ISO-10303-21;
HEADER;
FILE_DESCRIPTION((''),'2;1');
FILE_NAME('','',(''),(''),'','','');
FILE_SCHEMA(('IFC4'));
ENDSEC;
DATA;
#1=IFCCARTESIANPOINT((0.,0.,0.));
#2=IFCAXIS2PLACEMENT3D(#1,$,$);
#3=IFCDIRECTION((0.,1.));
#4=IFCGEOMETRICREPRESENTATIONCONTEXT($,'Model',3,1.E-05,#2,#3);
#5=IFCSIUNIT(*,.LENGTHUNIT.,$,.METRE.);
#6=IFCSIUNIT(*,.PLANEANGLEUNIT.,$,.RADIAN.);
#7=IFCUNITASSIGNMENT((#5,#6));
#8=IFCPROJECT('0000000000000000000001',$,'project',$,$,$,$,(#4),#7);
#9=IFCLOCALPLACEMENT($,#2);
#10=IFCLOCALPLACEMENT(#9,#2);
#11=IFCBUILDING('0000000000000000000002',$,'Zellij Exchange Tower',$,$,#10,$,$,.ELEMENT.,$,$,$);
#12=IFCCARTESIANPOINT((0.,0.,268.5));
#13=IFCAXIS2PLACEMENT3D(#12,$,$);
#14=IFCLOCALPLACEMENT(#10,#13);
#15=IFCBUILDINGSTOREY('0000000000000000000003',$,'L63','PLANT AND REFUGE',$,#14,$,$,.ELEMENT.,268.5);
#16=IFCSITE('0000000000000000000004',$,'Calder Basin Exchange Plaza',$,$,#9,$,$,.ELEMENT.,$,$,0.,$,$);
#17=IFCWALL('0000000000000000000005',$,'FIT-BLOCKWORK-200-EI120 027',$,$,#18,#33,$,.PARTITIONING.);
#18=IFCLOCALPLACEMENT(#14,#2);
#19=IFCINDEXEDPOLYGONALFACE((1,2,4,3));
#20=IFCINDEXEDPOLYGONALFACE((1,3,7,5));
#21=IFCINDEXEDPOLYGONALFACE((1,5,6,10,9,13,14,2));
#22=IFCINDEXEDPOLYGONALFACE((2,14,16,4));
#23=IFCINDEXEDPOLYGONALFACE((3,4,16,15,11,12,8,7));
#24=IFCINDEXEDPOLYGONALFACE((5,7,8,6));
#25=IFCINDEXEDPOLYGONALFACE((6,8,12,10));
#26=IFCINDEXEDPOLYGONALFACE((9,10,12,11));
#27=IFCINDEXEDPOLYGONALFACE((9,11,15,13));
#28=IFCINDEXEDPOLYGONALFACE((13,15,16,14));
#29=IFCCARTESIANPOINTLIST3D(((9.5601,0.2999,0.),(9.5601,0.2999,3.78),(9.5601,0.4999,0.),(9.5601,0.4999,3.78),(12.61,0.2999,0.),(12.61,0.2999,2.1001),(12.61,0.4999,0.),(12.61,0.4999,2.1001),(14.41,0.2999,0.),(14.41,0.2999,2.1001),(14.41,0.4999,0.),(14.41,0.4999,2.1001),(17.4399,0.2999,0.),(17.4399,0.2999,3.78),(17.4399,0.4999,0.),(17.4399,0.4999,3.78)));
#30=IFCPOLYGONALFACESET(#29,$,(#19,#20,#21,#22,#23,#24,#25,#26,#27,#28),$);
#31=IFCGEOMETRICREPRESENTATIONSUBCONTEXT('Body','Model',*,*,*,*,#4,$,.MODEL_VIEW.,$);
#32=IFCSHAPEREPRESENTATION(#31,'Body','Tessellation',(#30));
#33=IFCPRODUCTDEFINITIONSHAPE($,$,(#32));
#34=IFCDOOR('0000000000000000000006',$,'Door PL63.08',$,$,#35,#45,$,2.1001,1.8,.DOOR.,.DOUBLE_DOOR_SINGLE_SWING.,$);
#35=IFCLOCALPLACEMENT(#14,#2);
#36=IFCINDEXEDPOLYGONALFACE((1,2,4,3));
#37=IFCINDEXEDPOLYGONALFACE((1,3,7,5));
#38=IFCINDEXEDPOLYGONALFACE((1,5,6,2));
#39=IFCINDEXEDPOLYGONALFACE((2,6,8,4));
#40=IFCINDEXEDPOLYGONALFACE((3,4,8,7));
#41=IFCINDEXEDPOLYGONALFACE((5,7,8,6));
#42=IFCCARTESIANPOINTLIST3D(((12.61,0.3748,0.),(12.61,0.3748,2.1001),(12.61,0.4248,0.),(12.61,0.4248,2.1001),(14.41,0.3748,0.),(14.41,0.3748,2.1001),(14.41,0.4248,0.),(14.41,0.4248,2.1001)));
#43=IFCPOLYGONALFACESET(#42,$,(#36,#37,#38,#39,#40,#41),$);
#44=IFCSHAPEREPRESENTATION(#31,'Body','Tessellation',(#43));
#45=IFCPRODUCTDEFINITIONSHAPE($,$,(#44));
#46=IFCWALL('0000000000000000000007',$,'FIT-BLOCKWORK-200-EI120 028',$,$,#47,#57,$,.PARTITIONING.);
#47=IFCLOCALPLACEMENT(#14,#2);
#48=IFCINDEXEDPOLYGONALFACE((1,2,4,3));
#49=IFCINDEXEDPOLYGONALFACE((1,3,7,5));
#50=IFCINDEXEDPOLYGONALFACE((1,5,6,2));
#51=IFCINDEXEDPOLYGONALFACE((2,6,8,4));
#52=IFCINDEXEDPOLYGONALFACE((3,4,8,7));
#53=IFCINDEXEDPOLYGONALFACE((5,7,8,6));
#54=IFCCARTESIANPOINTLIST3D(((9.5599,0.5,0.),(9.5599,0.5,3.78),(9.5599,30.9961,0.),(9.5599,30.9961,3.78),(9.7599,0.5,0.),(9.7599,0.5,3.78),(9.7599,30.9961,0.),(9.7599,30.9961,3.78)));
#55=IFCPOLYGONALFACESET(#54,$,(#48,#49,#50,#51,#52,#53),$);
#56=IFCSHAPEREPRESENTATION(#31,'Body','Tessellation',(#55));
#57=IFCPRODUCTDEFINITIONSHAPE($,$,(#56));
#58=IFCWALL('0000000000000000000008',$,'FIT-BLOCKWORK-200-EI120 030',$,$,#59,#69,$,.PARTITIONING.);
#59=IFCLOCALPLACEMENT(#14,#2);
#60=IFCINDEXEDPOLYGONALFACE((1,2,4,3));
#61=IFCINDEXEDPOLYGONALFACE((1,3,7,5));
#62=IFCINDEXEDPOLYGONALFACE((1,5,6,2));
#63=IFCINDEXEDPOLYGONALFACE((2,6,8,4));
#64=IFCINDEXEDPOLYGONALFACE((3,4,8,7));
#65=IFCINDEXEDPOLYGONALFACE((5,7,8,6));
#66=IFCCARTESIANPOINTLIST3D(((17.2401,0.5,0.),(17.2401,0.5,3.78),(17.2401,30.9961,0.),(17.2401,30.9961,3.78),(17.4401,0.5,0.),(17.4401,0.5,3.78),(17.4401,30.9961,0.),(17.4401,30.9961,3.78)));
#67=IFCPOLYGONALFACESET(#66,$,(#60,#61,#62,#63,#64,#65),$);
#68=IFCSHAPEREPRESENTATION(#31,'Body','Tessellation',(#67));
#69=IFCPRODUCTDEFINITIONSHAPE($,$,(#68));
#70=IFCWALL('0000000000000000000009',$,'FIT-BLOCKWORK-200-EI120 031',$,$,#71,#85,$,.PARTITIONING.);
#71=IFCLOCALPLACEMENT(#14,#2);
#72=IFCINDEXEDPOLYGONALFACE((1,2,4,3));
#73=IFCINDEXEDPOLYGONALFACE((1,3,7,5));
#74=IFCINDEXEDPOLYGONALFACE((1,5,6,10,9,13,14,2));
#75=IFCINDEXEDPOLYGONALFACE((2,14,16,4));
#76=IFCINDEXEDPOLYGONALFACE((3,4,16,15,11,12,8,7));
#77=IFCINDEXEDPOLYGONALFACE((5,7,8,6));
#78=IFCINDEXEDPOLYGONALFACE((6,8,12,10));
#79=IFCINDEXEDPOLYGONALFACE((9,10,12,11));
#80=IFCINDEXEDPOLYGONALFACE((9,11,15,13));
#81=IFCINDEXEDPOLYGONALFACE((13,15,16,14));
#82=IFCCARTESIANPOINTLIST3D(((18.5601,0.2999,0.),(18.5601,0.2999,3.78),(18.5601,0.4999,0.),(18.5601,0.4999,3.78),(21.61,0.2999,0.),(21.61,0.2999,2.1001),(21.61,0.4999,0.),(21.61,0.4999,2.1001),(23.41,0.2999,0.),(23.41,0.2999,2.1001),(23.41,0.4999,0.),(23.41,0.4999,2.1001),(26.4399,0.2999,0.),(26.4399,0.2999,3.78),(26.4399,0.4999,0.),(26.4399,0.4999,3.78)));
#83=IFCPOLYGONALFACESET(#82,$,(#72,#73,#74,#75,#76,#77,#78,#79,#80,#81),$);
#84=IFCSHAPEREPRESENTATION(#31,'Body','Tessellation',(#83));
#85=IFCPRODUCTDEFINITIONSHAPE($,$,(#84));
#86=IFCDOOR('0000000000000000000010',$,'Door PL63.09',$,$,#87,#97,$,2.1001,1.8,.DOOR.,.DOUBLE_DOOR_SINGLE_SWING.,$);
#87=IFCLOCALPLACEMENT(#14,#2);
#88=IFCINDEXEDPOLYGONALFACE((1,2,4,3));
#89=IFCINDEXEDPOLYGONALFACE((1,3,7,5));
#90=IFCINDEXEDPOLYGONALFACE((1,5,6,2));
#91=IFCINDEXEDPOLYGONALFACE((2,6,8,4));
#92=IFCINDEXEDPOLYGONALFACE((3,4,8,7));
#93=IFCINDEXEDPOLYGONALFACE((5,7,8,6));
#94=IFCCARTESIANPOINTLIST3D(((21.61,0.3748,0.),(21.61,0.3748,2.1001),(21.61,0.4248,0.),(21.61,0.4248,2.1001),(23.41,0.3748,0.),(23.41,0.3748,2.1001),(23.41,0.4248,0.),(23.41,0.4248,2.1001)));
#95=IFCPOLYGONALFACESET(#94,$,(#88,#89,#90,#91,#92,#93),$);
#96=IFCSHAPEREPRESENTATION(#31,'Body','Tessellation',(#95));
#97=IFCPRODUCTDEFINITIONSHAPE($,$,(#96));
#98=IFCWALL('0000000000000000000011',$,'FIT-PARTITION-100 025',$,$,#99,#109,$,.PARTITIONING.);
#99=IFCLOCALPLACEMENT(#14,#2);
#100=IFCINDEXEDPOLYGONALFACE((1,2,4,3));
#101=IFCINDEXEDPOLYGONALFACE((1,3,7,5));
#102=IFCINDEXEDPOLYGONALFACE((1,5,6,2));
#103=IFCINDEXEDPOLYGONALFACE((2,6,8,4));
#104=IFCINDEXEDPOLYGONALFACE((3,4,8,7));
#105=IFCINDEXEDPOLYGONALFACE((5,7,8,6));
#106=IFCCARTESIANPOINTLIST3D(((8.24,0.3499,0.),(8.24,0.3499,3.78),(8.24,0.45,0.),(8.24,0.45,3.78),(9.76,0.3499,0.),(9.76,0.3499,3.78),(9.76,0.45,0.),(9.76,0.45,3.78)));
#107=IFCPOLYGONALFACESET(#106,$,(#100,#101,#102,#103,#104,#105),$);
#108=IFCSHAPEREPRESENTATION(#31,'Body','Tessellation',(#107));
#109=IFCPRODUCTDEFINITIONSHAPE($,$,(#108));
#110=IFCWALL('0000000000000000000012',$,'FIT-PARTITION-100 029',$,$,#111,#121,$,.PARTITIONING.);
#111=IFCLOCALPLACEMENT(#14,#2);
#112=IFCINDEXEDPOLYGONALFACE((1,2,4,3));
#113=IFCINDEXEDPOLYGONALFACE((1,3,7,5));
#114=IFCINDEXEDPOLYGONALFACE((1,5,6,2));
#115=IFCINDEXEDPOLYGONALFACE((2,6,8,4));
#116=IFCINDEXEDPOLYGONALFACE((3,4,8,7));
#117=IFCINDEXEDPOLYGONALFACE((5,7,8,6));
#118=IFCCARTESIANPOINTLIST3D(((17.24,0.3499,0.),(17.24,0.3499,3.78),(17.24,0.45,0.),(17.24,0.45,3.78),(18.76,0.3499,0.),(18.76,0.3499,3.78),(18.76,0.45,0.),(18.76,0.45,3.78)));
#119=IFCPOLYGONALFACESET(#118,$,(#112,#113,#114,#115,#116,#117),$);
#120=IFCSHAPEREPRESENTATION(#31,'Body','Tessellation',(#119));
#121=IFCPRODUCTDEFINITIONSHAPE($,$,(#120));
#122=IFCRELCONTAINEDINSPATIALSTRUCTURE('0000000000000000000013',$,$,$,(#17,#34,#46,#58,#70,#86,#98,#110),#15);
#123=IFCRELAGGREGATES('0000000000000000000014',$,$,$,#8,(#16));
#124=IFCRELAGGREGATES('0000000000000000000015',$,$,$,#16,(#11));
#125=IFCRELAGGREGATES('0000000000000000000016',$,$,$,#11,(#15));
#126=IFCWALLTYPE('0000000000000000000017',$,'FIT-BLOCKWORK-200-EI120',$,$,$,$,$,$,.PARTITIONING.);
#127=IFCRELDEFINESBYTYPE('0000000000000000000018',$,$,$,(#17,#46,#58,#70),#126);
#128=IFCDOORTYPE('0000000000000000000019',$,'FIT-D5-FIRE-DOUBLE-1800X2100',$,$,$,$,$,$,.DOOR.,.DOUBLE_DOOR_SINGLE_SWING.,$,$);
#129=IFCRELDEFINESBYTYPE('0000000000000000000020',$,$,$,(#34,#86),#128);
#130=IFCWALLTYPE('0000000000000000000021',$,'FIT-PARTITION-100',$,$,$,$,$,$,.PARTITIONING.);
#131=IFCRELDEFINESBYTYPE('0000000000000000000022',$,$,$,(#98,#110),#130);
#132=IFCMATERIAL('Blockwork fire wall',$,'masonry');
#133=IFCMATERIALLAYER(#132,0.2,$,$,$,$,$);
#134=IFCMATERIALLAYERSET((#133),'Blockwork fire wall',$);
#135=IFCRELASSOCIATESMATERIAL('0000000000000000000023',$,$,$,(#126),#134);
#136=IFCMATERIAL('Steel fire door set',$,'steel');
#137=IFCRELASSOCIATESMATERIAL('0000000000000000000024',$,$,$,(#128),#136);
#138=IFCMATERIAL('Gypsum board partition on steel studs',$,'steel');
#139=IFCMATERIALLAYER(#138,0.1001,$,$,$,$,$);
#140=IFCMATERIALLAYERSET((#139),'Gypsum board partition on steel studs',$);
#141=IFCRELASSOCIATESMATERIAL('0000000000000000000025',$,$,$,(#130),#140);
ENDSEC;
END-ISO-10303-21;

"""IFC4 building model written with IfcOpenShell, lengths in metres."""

from ifc_helpers import new_model, si_unit, direction, frame, frame_2d, origin, place, context, subcontext, project, spatial, rectangle, extrude, material, layer, layer_set, type_object, element, fill, save


model = new_model("IFC4")

# Units and contexts
model_context = context("Model", 3, precision=1e-05, world=origin(), true_north=direction((0.0, 1.0)))
body_context = subcontext(model_context, "Body", "Model", "MODEL_VIEW")
ifc_project = project(units=[si_unit("LENGTHUNIT", "METRE"), si_unit("PLANEANGLEUNIT", "RADIAN")], contexts=[model_context])

# Site, building, storey
site_placement = place(None, origin())
site = spatial("IfcSite", under=ifc_project, at=site_placement, Name="Calder Basin Exchange Plaza", CompositionType="ELEMENT", RefElevation=0.0)
building_placement = place(site_placement, origin())
building = spatial("IfcBuilding", under=site, at=building_placement, Name="Zellij Exchange Tower", CompositionType="ELEMENT")
storey_placement = place(building_placement, frame((0.0, 0.0, 268.5)))
storey = spatial("IfcBuildingStorey", under=building, at=storey_placement, Name="L63", Description="PLANT AND REFUGE", CompositionType="ELEMENT", Elevation=268.5)

# Shared definitions
ifc_material_1 = material(Name="Blockwork fire wall", Category="masonry")
ifc_layer_1 = layer(ifc_material_1, 0.2)
ifc_layer_set_1 = layer_set([ifc_layer_1], Name="Blockwork fire wall")
wall_type_1 = type_object("IfcWallType", Name="FIT-BLOCKWORK-200-EI120", PredefinedType="PARTITIONING", material=ifc_layer_set_1)

# Wall, opening, door
wall_1_placement = place(storey_placement, frame((9.5601, 0.3999, 0.0), z_axis=(0.0, 0.0, 1.0), x_axis=(1.0, 0.0, 0.0)))
wall_1 = element("IfcWall", 1, at=wall_1_placement, inside=storey, type_object=wall_type_1, Name="FIT-BLOCKWORK-200-EI120 027", PredefinedType="PARTITIONING", context=body_context, shape_type="SweptSolid", body=[
    extrude(rectangle(XDim=7.8799, YDim=0.2, at=frame_2d((3.9399, 0.0))), origin(), (0.0, 0.0, 1.0), 3.78),
])
opening_1_placement = place(wall_1_placement, frame((3.05, 0.0, 0.0)))
opening_1 = element("IfcOpeningElement", 2, at=opening_1_placement, cuts=wall_1, PredefinedType="OPENING", context=body_context, shape_type="SweptSolid", body=[
    extrude(rectangle(XDim=1.8, YDim=2.1001, at=frame_2d((0.8999, 1.05))), frame((0.0, 0.1118, 0.0), z_axis=(0.0, -1.0, 0.0), x_axis=(1.0, 0.0, 0.0)), (0.0, 0.0, 1.0), 0.2239),
])
ifc_material_2 = material(Name="Steel fire door set", Category="steel")
door_type_1 = type_object("IfcDoorType", Name="FIT-D5-FIRE-DOUBLE-1800X2100", OperationType="DOUBLE_DOOR_SINGLE_SWING", PredefinedType="DOOR", material=ifc_material_2)
door_1_placement = place(opening_1_placement, origin())
door_1 = element("IfcDoor", 3, at=door_1_placement, inside=storey, type_object=door_type_1, Name="Door PL63.08", OperationType="DOUBLE_DOOR_SINGLE_SWING", OverallHeight=2.1001, OverallWidth=1.8, PredefinedType="DOOR", context=body_context, shape_type="SweptSolid", body=[
    extrude(rectangle(XDim=1.8, YDim=2.1001, at=frame_2d((0.8999, 1.05))), frame((0.0, 0.0249, 0.0), z_axis=(0.0, -1.0, 0.0), x_axis=(1.0, 0.0, 0.0)), (0.0, 0.0, 1.0), 0.05),
])
fill(opening_1, door_1)

# Walls
for number, where, z_axis, x_axis, name in (
    (4, (9.6599, 0.5, 0.0), (0.0, 0.0, 1.0), (0.0, 1.0, 0.0), "FIT-BLOCKWORK-200-EI120 028"),
    (5, (17.3401, 0.5, 0.0), (0.0, 0.0, 1.0), (0.0, 1.0, 0.0), "FIT-BLOCKWORK-200-EI120 030"),
):
    element("IfcWall", number, at=place(storey_placement, frame(where, z_axis=z_axis, x_axis=x_axis)), inside=storey, type_object=wall_type_1, Name=name, PredefinedType="PARTITIONING", context=body_context, shape_type="SweptSolid", body=[
        extrude(rectangle(XDim=30.4961, YDim=0.2, at=frame_2d((15.248, 0.0))), origin(), (0.0, 0.0, 1.0), 3.78),
    ])

# Wall, opening, door
wall_2_placement = place(storey_placement, frame((18.5601, 0.3999, 0.0), z_axis=(0.0, 0.0, 1.0), x_axis=(1.0, 0.0, 0.0)))
wall_2 = element("IfcWall", 6, at=wall_2_placement, inside=storey, type_object=wall_type_1, Name="FIT-BLOCKWORK-200-EI120 031", PredefinedType="PARTITIONING", context=body_context, shape_type="SweptSolid", body=[
    extrude(rectangle(XDim=7.8799, YDim=0.2, at=frame_2d((3.9399, 0.0))), origin(), (0.0, 0.0, 1.0), 3.78),
])
opening_2_placement = place(wall_2_placement, frame((3.05, 0.0, 0.0)))
opening_2 = element("IfcOpeningElement", 7, at=opening_2_placement, cuts=wall_2, PredefinedType="OPENING", context=body_context, shape_type="SweptSolid", body=[
    extrude(rectangle(XDim=1.8, YDim=2.1001, at=frame_2d((0.8999, 1.05))), frame((0.0, 0.1118, 0.0), z_axis=(0.0, -1.0, 0.0), x_axis=(1.0, 0.0, 0.0)), (0.0, 0.0, 1.0), 0.2239),
])
door_2_placement = place(opening_2_placement, origin())
door_2 = element("IfcDoor", 8, at=door_2_placement, inside=storey, type_object=door_type_1, Name="Door PL63.09", OperationType="DOUBLE_DOOR_SINGLE_SWING", OverallHeight=2.1001, OverallWidth=1.8, PredefinedType="DOOR", context=body_context, shape_type="SweptSolid", body=[
    extrude(rectangle(XDim=1.8, YDim=2.1001, at=frame_2d((0.8999, 1.05))), frame((0.0, 0.0249, 0.0), z_axis=(0.0, -1.0, 0.0), x_axis=(1.0, 0.0, 0.0)), (0.0, 0.0, 1.0), 0.05),
])
fill(opening_2, door_2)

# Walls
ifc_material_3 = material(Name="Gypsum board partition on steel studs", Category="steel")
ifc_layer_2 = layer(ifc_material_3, 0.1001)
ifc_layer_set_2 = layer_set([ifc_layer_2], Name="Gypsum board partition on steel studs")
wall_type_2 = type_object("IfcWallType", Name="FIT-PARTITION-100", PredefinedType="PARTITIONING", material=ifc_layer_set_2)
for number, where, z_axis, x_axis, name in (
    (9, (8.24, 0.3999, 0.0), (0.0, 0.0, 1.0), (1.0, 0.0, 0.0), "FIT-PARTITION-100 025"),
    (10, (17.24, 0.3999, 0.0), (0.0, 0.0, 1.0), (1.0, 0.0, 0.0), "FIT-PARTITION-100 029"),
):
    element("IfcWall", number, at=place(storey_placement, frame(where, z_axis=z_axis, x_axis=x_axis)), inside=storey, type_object=wall_type_2, Name=name, PredefinedType="PARTITIONING", context=body_context, shape_type="SweptSolid", body=[
        extrude(rectangle(XDim=1.52, YDim=0.1001, at=frame_2d((0.76, 0.0))), origin(), (0.0, 0.0, 1.0), 3.78),
    ])

save(model, "model.ifc")
